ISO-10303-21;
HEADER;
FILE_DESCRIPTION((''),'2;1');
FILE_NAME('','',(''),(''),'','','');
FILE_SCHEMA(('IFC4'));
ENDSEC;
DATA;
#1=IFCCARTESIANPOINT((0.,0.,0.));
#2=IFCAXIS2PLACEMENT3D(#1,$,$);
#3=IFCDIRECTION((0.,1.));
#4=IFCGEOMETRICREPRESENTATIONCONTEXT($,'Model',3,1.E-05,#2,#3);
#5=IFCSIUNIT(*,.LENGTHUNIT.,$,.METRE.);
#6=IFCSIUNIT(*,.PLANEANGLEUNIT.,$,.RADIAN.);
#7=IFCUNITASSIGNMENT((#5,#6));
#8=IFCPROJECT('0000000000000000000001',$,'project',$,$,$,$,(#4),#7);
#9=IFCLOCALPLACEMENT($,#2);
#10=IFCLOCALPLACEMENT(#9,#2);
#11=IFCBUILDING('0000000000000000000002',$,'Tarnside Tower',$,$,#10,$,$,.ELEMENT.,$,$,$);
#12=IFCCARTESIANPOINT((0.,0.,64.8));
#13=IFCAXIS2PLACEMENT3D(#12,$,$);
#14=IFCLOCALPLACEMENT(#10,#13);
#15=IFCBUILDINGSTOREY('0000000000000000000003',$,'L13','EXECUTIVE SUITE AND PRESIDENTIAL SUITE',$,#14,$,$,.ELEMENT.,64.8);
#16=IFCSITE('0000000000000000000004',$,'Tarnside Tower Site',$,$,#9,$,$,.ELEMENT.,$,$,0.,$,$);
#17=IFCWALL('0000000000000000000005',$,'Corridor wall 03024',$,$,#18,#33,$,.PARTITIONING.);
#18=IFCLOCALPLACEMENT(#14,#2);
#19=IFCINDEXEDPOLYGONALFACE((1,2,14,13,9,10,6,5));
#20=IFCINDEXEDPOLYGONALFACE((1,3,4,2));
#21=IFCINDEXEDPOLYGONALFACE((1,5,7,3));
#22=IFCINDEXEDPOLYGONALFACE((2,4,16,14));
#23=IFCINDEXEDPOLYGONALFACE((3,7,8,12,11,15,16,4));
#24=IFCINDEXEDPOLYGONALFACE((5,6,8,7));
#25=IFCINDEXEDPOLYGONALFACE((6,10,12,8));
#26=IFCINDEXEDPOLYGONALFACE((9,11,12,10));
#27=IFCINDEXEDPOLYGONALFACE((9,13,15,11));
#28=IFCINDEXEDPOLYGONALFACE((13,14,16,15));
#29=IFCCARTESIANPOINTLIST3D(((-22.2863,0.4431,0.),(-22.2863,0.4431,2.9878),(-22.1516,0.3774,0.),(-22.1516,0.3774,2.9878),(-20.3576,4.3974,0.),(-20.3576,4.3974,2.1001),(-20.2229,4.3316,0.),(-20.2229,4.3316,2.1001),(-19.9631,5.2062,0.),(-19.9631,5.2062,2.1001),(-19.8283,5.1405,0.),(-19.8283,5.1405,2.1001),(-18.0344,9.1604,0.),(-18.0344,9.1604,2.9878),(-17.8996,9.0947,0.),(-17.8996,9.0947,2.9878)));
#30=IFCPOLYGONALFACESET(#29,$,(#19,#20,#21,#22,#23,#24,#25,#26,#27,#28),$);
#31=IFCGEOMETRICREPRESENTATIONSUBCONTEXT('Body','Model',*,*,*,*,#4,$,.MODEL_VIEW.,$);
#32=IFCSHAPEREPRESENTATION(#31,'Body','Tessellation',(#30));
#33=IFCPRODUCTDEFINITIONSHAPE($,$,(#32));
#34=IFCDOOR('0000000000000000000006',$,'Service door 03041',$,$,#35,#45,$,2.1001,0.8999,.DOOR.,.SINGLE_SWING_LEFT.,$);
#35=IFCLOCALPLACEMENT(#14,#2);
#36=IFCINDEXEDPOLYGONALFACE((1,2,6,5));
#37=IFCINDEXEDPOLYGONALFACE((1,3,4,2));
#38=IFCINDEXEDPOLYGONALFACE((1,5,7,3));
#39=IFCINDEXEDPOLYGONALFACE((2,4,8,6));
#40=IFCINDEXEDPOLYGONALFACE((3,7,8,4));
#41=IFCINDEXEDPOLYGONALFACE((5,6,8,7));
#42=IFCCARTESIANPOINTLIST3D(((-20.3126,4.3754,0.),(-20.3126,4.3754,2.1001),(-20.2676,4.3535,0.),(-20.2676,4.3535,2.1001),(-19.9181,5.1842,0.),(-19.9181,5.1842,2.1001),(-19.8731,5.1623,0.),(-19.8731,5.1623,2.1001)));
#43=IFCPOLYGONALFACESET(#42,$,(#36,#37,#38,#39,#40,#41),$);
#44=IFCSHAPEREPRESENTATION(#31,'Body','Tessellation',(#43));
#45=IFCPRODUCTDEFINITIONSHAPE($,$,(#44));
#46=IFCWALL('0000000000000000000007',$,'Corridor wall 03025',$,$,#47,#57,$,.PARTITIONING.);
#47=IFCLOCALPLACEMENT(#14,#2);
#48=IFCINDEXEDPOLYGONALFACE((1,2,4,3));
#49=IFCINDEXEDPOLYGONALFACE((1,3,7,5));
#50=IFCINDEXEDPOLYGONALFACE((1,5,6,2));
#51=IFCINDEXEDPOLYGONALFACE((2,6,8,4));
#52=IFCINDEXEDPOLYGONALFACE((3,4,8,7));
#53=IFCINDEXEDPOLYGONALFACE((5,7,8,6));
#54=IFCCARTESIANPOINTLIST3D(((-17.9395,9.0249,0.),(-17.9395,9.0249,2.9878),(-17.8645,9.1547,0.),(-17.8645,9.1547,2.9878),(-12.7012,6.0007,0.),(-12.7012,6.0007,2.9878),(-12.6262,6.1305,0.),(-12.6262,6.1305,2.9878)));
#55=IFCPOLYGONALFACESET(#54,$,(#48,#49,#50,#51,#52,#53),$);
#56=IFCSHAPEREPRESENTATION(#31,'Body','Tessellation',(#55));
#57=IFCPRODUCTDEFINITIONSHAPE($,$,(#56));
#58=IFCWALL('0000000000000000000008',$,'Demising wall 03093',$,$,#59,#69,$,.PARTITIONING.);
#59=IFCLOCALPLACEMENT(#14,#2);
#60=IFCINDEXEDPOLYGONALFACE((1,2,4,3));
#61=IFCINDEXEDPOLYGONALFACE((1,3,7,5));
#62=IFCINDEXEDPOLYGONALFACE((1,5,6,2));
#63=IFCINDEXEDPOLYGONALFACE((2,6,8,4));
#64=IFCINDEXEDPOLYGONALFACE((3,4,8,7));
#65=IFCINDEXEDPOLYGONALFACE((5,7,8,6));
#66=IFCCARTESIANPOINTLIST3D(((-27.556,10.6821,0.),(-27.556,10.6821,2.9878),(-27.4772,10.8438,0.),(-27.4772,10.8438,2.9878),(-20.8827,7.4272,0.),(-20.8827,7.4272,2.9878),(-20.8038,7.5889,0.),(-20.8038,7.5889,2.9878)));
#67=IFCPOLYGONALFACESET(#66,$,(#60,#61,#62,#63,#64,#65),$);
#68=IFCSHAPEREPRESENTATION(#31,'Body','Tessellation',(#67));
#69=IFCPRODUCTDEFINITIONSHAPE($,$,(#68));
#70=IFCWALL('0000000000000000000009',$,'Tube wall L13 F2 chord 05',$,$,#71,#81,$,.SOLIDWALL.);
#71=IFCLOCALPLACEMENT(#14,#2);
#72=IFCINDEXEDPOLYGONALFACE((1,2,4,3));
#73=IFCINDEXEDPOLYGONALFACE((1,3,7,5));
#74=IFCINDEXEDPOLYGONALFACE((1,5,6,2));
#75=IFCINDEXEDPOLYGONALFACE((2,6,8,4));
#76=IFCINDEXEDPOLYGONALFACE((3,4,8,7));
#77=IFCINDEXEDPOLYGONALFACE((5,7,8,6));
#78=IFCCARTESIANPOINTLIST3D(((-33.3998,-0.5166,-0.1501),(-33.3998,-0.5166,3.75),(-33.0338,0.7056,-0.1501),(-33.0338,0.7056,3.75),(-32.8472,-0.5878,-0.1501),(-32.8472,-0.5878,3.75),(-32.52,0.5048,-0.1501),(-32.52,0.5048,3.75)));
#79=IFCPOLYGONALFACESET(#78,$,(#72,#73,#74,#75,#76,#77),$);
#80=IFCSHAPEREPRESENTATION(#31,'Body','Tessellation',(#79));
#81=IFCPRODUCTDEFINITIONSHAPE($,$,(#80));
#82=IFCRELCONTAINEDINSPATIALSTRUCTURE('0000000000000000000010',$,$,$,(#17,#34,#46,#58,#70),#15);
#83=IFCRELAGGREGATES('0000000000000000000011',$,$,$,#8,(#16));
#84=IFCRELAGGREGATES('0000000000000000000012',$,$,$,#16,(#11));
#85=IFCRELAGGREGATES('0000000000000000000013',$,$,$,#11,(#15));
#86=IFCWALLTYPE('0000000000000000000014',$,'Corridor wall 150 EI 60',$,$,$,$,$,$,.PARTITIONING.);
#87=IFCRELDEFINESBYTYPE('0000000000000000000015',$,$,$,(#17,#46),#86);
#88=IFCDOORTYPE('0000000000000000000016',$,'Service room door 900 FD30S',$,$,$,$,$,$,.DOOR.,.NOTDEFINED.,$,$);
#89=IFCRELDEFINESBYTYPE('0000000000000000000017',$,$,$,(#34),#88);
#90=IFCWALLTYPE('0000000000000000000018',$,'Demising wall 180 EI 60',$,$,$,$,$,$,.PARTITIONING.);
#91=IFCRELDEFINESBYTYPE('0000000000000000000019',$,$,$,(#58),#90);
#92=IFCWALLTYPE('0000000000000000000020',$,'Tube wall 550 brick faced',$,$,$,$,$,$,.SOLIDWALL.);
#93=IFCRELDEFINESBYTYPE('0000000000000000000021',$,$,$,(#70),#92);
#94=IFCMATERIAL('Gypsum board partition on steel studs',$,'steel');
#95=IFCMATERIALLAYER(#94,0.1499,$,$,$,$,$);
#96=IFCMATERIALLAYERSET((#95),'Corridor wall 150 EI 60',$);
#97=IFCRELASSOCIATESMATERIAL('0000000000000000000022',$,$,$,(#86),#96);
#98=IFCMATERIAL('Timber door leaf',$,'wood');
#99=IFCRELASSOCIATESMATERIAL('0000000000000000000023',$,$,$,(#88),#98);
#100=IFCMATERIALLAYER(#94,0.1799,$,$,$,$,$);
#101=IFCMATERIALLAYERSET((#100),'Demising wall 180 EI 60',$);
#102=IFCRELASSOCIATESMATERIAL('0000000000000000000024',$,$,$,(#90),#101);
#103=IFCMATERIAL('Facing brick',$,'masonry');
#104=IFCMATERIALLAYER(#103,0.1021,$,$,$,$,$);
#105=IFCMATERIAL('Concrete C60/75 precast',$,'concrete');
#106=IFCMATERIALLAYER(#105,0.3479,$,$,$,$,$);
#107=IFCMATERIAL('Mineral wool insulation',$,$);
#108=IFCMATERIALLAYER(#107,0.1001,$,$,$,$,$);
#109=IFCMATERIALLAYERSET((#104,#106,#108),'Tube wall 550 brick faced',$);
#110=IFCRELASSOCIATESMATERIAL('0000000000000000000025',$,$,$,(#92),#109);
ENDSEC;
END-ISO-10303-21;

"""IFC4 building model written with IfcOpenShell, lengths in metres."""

from ifc_helpers import new_model, si_unit, direction, frame, frame_2d, origin, place, context, subcontext, project, spatial, polyline, rectangle, outline, extrude, material, layer, layer_set, type_object, element, fill, save


model = new_model("IFC4")

# Units and contexts
model_context = context("Model", 3, precision=1e-05, world=origin(), true_north=direction((0.0, 1.0)))
body_context = subcontext(model_context, "Body", "Model", "MODEL_VIEW")
ifc_project = project(units=[si_unit("LENGTHUNIT", "METRE"), si_unit("PLANEANGLEUNIT", "RADIAN")], contexts=[model_context])

# Site, building, storey
site_placement = place(None, origin())
site = spatial("IfcSite", under=ifc_project, at=site_placement, Name="Tarnside Tower Site", CompositionType="ELEMENT", RefElevation=0.0)
building_placement = place(site_placement, origin())
building = spatial("IfcBuilding", under=site, at=building_placement, Name="Tarnside Tower", CompositionType="ELEMENT")
storey_placement = place(building_placement, frame((0.0, 0.0, 64.8)))
storey = spatial("IfcBuildingStorey", under=building, at=storey_placement, Name="L13", Description="EXECUTIVE SUITE AND PRESIDENTIAL SUITE", CompositionType="ELEMENT", Elevation=64.8)

# Shared definitions
ifc_material_1 = material(Name="Gypsum board partition on steel studs", Category="steel")
ifc_material_2 = material(Name="Timber door leaf", Category="wood")

# Shared definitions
ifc_layer_1 = layer(ifc_material_1, 0.1499)
ifc_layer_set_1 = layer_set([ifc_layer_1], Name="Corridor wall 150 EI 60")
wall_type_1 = type_object("IfcWallType", Name="Corridor wall 150 EI 60", PredefinedType="PARTITIONING", material=ifc_layer_set_1)

# Wall, opening, door
wall_1_placement = place(storey_placement, frame((-22.219, 0.4102, 0.0), z_axis=(0.0, 0.0, 1.0), x_axis=(0.438392, 0.898784, 0.0)))
wall_1 = element("IfcWall", 1, at=wall_1_placement, inside=storey, type_object=wall_type_1, Name="Corridor wall 03024", PredefinedType="PARTITIONING", context=body_context, shape_type="SweptSolid", body=[
    extrude(rectangle(XDim=9.699, YDim=0.1499, at=frame_2d((4.8496, 0.0))), origin(), (0.0, 0.0, 1.0), 2.9878),
])
opening_1_placement = place(wall_1_placement, frame((4.3997, 0.0, 0.0)))
opening_1 = element("IfcOpeningElement", 2, at=opening_1_placement, cuts=wall_1, PredefinedType="OPENING", context=body_context, shape_type="SweptSolid", body=[
    extrude(rectangle(XDim=0.8999, YDim=2.1001, at=frame_2d((0.45, 1.05))), frame((0.0, 0.085, 0.0), z_axis=(0.0, -1.0, 0.0), x_axis=(1.0, 0.0, 0.0)), (0.0, 0.0, 1.0), 0.1699),
])
door_type_1 = type_object("IfcDoorType", Name="Service room door 900 FD30S", OperationType="NOTDEFINED", PredefinedType="DOOR", material=ifc_material_2)
door_1_placement = place(opening_1_placement, origin())
door_1 = element("IfcDoor", 3, at=door_1_placement, inside=storey, type_object=door_type_1, Name="Service door 03041", OperationType="SINGLE_SWING_LEFT", OverallHeight=2.1001, OverallWidth=0.8999, PredefinedType="DOOR", context=body_context, shape_type="SweptSolid", body=[
    extrude(rectangle(XDim=0.8999, YDim=2.1001, at=frame_2d((0.45, 1.05))), frame((0.0, 0.0249, 0.0), z_axis=(0.0, -1.0, 0.0), x_axis=(1.0, 0.0, 0.0)), (0.0, 0.0, 1.0), 0.05),
])
fill(opening_1, door_1)

# Walls
wall_2_placement = place(storey_placement, frame((-17.9021, 9.0898, 0.0), z_axis=(0.0, 0.0, 1.0), x_axis=(0.866036, -0.499981, 0.0)))
element("IfcWall", 4, at=wall_2_placement, inside=storey, type_object=wall_type_1, Name="Corridor wall 03025", PredefinedType="PARTITIONING", context=body_context, shape_type="SweptSolid", body=[
    extrude(rectangle(XDim=6.0486, YDim=0.1499, at=frame_2d((3.0244, 0.0))), origin(), (0.0, 0.0, 1.0), 2.9878),
])
ifc_layer_2 = layer(ifc_material_1, 0.1799)
ifc_layer_set_2 = layer_set([ifc_layer_2], Name="Demising wall 180 EI 60")
wall_type_2 = type_object("IfcWallType", Name="Demising wall 180 EI 60", PredefinedType="PARTITIONING", material=ifc_layer_set_2)
wall_3_placement = place(storey_placement, frame((-27.5166, 10.7629, 0.0), z_axis=(0.0, 0.0, 1.0), x_axis=(0.89879, -0.43838, 0.0)))
element("IfcWall", 5, at=wall_3_placement, inside=storey, type_object=wall_type_2, Name="Demising wall 03093", PredefinedType="PARTITIONING", context=body_context, shape_type="SweptSolid", body=[
    extrude(rectangle(XDim=7.4248, YDim=0.1799, at=frame_2d((3.7124, 0.0))), origin(), (0.0, 0.0, 1.0), 2.9878),
])
ifc_material_3 = material(Name="Facing brick", Category="masonry")
ifc_layer_3 = layer(ifc_material_3, 0.1021)
ifc_material_4 = material(Name="Concrete C60/75 precast", Category="concrete")
ifc_layer_4 = layer(ifc_material_4, 0.3479)
ifc_material_5 = material(Name="Mineral wool insulation")
ifc_layer_5 = layer(ifc_material_5, 0.1001)
ifc_layer_set_3 = layer_set([ifc_layer_3, ifc_layer_4, ifc_layer_5], Name="Tube wall 550 brick faced")
wall_type_3 = type_object("IfcWallType", Name="Tube wall 550 brick faced", PredefinedType="SOLIDWALL", material=ifc_layer_set_3)
wall_4_placement = place(storey_placement, frame((-32.7769, 0.6052, -0.1501), z_axis=(0.0, 0.0, 1.0), x_axis=(-0.286921, -0.957954, 0.0)))
element("IfcWall", 6, at=wall_4_placement, inside=storey, type_object=wall_type_3, Name="Tube wall L13 F2 chord 05", PredefinedType="SOLIDWALL", context=body_context, shape_type="SweptSolid", body=[
    extrude(outline(polyline([(-0.0225, -0.2749), (1.2534, -0.2749), (1.1631, 0.2749), (0.0225, 0.2749), (-0.0225, -0.2749)])), origin(), (0.0, 0.0, 1.0), 3.9001),
])

save(model, "model.ifc")
